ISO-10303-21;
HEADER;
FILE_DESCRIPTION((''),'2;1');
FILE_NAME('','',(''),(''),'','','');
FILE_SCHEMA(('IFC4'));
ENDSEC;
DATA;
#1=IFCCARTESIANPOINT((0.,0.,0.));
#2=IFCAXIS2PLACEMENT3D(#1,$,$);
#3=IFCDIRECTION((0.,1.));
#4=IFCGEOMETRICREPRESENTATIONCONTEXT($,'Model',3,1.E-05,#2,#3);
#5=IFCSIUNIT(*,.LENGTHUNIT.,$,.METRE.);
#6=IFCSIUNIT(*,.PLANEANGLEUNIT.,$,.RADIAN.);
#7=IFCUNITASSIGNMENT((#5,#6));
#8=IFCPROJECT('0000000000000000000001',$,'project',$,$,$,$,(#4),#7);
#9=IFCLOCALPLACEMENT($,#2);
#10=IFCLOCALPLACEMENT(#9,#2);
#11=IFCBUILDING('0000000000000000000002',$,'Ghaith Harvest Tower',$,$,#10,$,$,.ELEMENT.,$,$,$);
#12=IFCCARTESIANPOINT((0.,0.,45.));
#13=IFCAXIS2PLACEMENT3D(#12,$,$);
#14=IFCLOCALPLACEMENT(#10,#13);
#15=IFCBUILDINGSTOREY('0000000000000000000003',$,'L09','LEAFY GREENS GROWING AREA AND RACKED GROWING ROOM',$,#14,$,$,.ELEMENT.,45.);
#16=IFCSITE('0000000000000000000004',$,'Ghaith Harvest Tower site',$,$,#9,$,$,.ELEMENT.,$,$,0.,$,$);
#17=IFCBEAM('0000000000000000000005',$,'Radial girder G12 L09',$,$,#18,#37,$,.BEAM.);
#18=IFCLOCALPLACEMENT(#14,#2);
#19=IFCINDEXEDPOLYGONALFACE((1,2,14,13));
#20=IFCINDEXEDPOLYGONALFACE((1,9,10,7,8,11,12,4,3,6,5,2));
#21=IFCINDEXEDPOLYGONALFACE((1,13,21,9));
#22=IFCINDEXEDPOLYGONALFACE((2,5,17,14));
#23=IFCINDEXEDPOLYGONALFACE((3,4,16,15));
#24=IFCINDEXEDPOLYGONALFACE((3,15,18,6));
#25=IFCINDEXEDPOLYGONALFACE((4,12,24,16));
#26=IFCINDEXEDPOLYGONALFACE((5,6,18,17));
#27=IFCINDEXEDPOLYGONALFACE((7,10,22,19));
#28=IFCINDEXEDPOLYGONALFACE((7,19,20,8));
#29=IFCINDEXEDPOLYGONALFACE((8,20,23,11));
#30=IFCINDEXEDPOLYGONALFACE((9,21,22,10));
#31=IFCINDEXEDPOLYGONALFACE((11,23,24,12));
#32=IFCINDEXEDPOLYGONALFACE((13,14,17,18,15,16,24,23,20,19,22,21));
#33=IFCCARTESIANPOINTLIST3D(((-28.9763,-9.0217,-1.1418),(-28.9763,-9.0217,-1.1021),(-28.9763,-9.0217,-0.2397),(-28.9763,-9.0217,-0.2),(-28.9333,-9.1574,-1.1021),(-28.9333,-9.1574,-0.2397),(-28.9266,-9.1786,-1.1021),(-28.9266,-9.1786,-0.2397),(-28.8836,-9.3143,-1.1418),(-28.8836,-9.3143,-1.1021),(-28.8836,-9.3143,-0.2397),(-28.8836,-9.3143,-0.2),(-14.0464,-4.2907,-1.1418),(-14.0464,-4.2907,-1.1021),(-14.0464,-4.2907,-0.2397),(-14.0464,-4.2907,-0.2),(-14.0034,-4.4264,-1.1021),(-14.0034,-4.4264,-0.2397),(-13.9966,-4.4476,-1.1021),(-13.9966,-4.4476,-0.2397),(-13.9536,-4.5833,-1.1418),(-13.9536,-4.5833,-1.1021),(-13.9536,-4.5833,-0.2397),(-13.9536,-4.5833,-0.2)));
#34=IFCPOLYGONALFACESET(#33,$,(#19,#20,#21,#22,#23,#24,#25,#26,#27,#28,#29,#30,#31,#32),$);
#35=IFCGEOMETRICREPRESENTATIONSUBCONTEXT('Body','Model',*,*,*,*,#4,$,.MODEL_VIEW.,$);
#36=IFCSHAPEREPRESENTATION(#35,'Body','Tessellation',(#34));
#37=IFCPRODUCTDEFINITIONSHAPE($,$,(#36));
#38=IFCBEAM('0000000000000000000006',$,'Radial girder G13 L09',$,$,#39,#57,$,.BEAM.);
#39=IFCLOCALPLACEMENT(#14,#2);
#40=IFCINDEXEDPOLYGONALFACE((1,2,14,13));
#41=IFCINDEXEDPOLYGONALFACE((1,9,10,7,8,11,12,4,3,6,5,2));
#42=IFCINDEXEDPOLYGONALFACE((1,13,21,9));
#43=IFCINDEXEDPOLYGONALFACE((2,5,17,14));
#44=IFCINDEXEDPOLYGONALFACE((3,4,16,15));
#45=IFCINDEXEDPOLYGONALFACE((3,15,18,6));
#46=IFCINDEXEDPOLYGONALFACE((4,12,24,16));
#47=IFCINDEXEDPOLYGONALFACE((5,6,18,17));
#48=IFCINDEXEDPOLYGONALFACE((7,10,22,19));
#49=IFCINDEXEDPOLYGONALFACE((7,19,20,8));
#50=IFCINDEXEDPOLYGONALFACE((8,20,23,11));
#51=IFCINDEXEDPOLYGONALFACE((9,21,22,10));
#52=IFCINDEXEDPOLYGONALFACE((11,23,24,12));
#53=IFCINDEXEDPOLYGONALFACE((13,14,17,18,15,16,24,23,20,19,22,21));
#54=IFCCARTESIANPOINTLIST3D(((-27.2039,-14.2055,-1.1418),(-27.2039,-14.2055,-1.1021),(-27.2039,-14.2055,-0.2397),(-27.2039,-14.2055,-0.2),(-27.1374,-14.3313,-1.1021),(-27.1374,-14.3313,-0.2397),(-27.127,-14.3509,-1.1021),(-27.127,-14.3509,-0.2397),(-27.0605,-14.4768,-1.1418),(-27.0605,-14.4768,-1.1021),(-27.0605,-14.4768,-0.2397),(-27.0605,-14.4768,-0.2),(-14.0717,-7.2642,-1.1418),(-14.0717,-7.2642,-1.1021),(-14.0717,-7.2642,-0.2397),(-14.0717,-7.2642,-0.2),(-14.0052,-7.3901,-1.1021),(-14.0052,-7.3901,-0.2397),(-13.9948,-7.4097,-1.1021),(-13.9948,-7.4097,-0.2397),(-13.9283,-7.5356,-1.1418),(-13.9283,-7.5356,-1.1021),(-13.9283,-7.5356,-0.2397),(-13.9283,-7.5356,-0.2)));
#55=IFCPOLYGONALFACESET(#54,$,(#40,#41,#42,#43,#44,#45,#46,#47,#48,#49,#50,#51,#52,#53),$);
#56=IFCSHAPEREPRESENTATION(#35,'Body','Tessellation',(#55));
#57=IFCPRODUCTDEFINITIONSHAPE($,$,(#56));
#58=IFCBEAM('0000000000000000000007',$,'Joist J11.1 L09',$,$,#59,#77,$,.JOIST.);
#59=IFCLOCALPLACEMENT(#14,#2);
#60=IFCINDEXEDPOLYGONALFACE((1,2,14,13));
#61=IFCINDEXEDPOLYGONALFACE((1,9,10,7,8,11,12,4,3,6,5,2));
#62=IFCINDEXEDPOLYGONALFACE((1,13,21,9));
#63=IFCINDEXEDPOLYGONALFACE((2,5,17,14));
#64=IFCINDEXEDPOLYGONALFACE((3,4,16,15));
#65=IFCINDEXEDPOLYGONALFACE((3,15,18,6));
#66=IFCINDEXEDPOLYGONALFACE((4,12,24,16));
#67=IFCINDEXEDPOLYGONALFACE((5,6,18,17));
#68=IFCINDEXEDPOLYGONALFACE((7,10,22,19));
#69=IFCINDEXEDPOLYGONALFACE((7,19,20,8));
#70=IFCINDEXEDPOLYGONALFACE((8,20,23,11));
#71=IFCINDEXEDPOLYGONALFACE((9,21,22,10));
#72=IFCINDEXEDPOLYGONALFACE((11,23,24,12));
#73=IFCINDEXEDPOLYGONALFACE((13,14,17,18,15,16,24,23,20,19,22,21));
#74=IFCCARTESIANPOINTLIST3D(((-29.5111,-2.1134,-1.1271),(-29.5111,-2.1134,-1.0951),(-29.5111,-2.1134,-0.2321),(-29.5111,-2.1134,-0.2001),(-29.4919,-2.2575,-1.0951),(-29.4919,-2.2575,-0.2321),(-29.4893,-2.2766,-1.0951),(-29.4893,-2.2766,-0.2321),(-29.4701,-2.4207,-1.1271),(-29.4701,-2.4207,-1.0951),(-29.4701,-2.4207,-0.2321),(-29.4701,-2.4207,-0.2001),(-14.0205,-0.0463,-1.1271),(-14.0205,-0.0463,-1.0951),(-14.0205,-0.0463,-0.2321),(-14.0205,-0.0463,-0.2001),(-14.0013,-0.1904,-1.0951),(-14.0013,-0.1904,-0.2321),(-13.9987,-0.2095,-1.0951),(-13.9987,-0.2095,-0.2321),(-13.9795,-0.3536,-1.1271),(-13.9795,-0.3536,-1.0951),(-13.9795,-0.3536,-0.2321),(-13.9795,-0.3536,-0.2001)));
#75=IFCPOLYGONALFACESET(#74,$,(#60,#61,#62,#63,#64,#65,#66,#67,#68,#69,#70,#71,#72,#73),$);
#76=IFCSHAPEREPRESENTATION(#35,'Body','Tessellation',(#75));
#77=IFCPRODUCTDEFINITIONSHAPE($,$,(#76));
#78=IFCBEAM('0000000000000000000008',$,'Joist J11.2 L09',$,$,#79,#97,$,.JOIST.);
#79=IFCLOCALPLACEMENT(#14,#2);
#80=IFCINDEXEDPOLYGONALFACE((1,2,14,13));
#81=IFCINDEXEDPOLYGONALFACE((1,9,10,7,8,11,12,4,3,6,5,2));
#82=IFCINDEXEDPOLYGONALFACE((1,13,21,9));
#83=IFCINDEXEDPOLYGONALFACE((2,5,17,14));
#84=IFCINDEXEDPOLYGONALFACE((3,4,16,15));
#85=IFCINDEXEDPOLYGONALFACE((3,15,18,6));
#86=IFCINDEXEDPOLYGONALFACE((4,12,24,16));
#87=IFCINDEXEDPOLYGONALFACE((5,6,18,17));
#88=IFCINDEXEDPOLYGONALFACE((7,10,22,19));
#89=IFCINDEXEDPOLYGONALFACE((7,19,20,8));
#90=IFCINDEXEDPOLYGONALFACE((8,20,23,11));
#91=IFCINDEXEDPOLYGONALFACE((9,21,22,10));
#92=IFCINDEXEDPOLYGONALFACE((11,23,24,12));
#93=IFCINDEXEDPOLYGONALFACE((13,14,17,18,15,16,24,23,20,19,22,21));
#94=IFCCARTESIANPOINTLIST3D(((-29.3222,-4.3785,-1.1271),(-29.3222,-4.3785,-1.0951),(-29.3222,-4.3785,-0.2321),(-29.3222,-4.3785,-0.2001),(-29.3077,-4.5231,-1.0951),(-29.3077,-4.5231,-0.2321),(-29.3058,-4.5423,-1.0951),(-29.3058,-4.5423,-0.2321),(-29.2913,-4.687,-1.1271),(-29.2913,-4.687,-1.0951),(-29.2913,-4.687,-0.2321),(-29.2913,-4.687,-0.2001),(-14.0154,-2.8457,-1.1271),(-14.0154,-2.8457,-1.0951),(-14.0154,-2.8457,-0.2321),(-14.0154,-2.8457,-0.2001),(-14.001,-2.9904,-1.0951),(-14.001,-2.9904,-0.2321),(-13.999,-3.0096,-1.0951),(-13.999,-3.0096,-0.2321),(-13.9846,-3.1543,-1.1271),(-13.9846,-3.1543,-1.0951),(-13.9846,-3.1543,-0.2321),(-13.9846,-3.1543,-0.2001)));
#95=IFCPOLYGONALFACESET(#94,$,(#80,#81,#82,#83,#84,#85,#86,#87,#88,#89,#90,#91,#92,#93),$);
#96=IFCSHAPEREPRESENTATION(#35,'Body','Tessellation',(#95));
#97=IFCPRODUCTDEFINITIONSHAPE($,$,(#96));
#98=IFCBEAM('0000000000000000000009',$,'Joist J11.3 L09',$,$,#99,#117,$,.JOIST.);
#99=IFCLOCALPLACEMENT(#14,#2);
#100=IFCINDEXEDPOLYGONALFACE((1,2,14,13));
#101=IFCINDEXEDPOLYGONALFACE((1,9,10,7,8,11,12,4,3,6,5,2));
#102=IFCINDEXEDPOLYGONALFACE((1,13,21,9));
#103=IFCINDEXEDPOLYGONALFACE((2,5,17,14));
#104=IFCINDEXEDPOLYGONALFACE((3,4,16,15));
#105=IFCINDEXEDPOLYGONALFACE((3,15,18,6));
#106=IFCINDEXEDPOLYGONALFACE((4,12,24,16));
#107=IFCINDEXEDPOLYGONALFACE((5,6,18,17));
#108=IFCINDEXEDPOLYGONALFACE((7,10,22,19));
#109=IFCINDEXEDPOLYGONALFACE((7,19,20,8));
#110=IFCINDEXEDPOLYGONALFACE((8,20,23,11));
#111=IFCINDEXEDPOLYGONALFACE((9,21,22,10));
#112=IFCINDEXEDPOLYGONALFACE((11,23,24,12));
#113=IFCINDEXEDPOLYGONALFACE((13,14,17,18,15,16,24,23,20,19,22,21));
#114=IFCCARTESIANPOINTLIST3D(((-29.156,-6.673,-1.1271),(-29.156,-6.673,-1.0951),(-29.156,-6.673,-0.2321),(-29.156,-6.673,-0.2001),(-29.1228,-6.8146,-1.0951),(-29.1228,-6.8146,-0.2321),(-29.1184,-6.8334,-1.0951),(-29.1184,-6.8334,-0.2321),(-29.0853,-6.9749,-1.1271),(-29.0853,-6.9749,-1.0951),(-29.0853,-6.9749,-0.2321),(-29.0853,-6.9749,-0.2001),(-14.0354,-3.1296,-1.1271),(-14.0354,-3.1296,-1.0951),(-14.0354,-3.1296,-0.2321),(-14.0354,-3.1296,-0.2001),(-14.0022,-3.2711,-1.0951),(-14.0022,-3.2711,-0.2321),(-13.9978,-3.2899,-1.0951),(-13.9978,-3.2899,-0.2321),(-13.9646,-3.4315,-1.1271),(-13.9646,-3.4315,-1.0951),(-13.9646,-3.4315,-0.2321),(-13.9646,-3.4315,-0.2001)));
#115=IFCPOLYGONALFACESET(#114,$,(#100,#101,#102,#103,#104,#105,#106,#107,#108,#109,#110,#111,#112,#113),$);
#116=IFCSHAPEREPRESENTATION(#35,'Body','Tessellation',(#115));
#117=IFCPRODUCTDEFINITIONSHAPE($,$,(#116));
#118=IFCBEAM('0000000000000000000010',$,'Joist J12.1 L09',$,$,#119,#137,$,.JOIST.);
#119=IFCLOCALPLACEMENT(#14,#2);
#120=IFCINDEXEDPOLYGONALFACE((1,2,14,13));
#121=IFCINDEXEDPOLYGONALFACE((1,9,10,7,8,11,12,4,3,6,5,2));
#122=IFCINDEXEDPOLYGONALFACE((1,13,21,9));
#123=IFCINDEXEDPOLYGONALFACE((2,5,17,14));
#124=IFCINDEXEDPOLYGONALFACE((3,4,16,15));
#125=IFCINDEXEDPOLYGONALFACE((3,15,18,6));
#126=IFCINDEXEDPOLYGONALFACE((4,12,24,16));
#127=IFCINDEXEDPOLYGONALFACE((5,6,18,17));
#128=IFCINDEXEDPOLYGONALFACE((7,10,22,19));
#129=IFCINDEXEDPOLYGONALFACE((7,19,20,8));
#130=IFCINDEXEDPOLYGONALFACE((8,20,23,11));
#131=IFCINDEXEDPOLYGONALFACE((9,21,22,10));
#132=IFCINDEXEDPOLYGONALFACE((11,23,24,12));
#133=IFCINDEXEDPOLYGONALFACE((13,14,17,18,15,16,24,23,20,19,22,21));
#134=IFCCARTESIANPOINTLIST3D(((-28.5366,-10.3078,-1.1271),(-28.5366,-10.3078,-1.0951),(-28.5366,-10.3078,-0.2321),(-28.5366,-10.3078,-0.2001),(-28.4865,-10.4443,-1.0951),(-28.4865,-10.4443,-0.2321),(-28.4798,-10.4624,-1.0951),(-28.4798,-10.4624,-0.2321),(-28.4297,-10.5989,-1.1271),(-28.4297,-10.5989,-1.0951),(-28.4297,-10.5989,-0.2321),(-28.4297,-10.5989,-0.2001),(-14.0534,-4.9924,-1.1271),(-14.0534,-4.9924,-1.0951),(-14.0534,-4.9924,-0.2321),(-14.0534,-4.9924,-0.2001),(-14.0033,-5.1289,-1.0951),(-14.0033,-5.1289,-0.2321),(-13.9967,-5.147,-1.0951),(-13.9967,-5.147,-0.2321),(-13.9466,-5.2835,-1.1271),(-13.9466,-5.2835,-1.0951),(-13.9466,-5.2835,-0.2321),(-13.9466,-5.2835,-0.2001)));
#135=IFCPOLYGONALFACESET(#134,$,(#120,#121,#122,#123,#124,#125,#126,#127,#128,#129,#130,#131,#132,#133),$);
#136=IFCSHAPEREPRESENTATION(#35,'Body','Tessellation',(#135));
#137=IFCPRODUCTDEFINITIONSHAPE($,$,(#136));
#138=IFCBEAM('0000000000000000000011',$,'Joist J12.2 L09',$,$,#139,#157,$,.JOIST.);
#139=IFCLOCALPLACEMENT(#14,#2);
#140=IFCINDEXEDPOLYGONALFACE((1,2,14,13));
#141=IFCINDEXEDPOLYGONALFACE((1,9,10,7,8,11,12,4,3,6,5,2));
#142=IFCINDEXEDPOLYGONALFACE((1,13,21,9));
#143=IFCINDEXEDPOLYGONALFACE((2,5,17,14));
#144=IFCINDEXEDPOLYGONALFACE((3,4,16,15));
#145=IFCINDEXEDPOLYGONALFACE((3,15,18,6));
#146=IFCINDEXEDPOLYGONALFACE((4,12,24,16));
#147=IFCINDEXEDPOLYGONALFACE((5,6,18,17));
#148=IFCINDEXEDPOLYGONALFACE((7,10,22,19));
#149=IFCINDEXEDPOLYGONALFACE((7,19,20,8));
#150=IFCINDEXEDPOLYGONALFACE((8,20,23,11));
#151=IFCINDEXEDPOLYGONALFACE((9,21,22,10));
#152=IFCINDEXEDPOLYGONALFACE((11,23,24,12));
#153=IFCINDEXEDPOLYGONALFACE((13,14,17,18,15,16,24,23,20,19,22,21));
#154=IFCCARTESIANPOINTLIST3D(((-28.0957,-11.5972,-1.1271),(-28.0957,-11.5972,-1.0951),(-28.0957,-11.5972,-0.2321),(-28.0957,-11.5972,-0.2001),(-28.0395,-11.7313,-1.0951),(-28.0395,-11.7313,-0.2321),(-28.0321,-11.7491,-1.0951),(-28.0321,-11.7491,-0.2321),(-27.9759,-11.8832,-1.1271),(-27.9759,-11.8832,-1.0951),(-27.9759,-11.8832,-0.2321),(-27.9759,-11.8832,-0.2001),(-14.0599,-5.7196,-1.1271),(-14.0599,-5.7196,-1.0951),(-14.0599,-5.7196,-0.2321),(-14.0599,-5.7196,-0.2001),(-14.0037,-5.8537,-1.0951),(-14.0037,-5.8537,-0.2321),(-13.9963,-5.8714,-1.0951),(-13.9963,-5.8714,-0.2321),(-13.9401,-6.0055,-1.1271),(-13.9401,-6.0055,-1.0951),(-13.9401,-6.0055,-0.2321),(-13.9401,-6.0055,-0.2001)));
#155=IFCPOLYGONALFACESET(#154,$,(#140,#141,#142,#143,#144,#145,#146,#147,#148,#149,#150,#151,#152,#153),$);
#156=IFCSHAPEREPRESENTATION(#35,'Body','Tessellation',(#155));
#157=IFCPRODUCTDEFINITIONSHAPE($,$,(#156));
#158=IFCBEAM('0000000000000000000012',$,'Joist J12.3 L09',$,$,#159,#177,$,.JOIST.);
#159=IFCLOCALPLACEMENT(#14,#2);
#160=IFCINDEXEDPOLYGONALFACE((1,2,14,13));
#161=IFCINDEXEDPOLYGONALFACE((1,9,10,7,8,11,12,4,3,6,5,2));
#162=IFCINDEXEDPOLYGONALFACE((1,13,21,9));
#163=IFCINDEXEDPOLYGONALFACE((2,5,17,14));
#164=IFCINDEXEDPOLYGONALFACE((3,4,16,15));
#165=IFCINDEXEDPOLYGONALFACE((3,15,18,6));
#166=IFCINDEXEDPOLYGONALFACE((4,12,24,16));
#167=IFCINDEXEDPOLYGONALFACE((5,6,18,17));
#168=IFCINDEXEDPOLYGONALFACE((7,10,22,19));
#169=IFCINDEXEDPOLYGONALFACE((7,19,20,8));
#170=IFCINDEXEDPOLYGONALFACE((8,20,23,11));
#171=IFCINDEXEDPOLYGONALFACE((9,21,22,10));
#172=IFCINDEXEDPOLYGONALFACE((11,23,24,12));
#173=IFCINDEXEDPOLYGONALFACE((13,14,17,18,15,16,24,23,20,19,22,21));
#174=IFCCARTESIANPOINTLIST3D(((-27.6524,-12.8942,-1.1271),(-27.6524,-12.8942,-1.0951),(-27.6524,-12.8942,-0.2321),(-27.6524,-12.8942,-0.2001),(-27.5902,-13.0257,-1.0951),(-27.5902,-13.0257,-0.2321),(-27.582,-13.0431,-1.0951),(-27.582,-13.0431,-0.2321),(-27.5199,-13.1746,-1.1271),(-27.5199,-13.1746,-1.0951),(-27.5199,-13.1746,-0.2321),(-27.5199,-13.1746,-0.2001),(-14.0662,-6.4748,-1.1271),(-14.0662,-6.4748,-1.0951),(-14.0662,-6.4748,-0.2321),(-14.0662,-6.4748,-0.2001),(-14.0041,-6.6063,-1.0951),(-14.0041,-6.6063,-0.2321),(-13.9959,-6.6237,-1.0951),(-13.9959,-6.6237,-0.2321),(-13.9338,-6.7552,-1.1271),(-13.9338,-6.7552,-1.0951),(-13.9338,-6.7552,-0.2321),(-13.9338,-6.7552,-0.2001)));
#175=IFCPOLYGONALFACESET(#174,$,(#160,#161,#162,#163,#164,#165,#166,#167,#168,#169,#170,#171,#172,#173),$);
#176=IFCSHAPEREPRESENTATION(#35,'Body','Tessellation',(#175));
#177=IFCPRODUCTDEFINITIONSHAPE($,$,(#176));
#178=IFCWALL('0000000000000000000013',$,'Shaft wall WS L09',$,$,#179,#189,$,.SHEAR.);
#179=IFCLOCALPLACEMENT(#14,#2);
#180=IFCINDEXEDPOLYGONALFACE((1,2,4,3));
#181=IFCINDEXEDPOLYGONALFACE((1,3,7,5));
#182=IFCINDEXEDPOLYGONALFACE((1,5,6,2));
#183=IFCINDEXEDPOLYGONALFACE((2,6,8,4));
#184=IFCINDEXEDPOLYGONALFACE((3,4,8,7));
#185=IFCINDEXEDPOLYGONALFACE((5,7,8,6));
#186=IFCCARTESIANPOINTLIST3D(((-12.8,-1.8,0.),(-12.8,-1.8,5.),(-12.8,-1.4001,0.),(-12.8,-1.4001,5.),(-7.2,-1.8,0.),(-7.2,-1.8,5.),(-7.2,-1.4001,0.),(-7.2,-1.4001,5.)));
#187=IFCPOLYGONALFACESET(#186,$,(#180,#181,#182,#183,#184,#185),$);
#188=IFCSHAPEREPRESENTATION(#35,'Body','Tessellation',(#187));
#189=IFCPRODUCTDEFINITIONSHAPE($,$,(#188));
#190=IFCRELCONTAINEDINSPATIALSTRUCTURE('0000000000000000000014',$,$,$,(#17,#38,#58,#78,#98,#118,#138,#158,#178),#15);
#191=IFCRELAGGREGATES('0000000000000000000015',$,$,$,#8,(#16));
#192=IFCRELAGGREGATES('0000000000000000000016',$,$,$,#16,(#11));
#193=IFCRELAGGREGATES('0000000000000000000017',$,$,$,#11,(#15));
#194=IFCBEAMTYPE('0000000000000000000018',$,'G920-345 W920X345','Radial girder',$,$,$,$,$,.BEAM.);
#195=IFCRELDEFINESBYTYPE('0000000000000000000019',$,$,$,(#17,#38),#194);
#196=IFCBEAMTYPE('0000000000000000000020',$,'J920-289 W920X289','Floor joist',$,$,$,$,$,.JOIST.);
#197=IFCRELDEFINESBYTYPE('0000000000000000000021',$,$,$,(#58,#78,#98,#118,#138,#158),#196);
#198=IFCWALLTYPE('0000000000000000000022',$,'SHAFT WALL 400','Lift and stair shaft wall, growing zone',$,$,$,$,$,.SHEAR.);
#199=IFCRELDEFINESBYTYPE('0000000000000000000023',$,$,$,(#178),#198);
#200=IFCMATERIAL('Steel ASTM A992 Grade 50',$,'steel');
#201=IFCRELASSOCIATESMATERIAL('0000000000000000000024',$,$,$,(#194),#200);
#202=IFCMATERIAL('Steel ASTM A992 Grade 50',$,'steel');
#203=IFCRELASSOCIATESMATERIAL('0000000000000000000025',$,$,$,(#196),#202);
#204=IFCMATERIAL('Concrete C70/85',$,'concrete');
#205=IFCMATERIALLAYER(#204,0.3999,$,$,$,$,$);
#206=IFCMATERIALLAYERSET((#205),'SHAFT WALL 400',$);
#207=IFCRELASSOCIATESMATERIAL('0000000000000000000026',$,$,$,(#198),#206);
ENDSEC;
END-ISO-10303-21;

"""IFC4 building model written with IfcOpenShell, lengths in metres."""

from ifc_helpers import new_model, si_unit, direction, frame, frame_2d, origin, origin_2d, place, context, subcontext, project, spatial, rectangle, i_section, extrude, material, layer, layer_set, material_profile, profile_set, type_object, element, save


model = new_model("IFC4")

# Units and contexts
model_context = context("Model", 3, precision=1e-05, world=origin(), true_north=direction((0.0, 1.0)))
body_context = subcontext(model_context, "Body", "Model", "MODEL_VIEW")
ifc_project = project(units=[si_unit("LENGTHUNIT", "METRE"), si_unit("PLANEANGLEUNIT", "RADIAN")], contexts=[model_context])

# Site, building, storey
site_placement = place(None, origin())
site = spatial("IfcSite", under=ifc_project, at=site_placement, Name="Ghaith Harvest Tower site", CompositionType="ELEMENT", RefElevation=0.0)
building_placement = place(site_placement, origin())
building = spatial("IfcBuilding", under=site, at=building_placement, Name="Ghaith Harvest Tower", CompositionType="ELEMENT")
storey_placement = place(building_placement, frame((0.0, 0.0, 45.0)))
storey = spatial("IfcBuildingStorey", under=building, at=storey_placement, Name="L09", Description="LEAFY GREENS GROWING AREA AND RACKED GROWING ROOM", CompositionType="ELEMENT", Elevation=45.0)

# Beams
ifc_material_1 = material(Name="Steel ASTM A992 Grade 50", Category="steel")
ifc_material_profile_1 = material_profile(ifc_material_1, i_section(OverallWidth=0.3069, OverallDepth=0.9419, WebThickness=0.0222, FlangeThickness=0.0398, at=origin_2d()), Name="W920X345")
ifc_profile_set_1 = profile_set([ifc_material_profile_1], Name="Steel ASTM A992 Grade 50")
beam_type_1 = type_object("IfcBeamType", Name="G920-345 W920X345", Description="Radial girder", PredefinedType="BEAM", material=ifc_profile_set_1)
beam_1_placement = place(storey_placement, frame((-14.0, -4.437, -0.6709), z_axis=(-0.953284, -0.302074, 0.0), x_axis=(0.302074, -0.953284, 0.0)))
element("IfcBeam", 1, at=beam_1_placement, inside=storey, type_object=beam_type_1, Name="Radial girder G12 L09", PredefinedType="BEAM", context=body_context, shape_type="SweptSolid", body=[
    extrude(i_section(OverallWidth=0.3069, OverallDepth=0.9419, WebThickness=0.0222, FlangeThickness=0.0398, at=origin_2d()), origin(), (0.0, 0.0, 1.0), 15.6616),
])
beam_2_placement = place(storey_placement, frame((-14.0, -7.3999, -0.6709), z_axis=(-0.884097, -0.467303, 0.0), x_axis=(0.467303, -0.884097, 0.0)))
element("IfcBeam", 2, at=beam_2_placement, inside=storey, type_object=beam_type_1, Name="Radial girder G13 L09", PredefinedType="BEAM", context=body_context, shape_type="SweptSolid", body=[
    extrude(i_section(OverallWidth=0.3069, OverallDepth=0.9419, WebThickness=0.0222, FlangeThickness=0.0398, at=origin_2d()), origin(), (0.0, 0.0, 1.0), 14.8538),
])
ifc_material_2 = material(Name="Steel ASTM A992 Grade 50", Category="steel")
ifc_material_profile_2 = material_profile(ifc_material_2, i_section(OverallWidth=0.3101, OverallDepth=0.927, WebThickness=0.0193, FlangeThickness=0.032, at=origin_2d()), Name="W920X289")
ifc_profile_set_2 = profile_set([ifc_material_profile_2], Name="Steel ASTM A992 Grade 50")
beam_type_2 = type_object("IfcBeamType", Name="J920-289 W920X289", Description="Floor joist", PredefinedType="JOIST", material=ifc_profile_set_2)
beam_3_placement = place(storey_placement, frame((-14.0, -0.2, -0.6636), z_axis=(-0.991214, -0.132271, 0.0), x_axis=(0.132271, -0.991214, 0.0)))
element("IfcBeam", 3, at=beam_3_placement, inside=storey, type_object=beam_type_2, Name="Joist J11.1 L09", PredefinedType="JOIST", context=body_context, shape_type="SweptSolid", body=[
    extrude(i_section(OverallWidth=0.3101, OverallDepth=0.927, WebThickness=0.0193, FlangeThickness=0.032, at=origin_2d()), origin(), (0.0, 0.0, 1.0), 15.6279),
])
beam_4_placement = place(storey_placement, frame((-14.0, -3.0, -0.6636), z_axis=(-0.995024, -0.099636, 0.0), x_axis=(0.099636, -0.995024, 0.0)))
element("IfcBeam", 4, at=beam_4_placement, inside=storey, type_object=beam_type_2, Name="Joist J11.2 L09", PredefinedType="JOIST", context=body_context, shape_type="SweptSolid", body=[
    extrude(i_section(OverallWidth=0.3101, OverallDepth=0.927, WebThickness=0.0193, FlangeThickness=0.032, at=origin_2d()), origin(), (0.0, 0.0, 1.0), 15.3833),
])
beam_5_placement = place(storey_placement, frame((-14.0, -3.2805, -0.6636), z_axis=(-0.973623, -0.228165, 0.0), x_axis=(0.228165, -0.973623, 0.0)))
element("IfcBeam", 5, at=beam_5_placement, inside=storey, type_object=beam_type_2, Name="Joist J11.3 L09", PredefinedType="JOIST", context=body_context, shape_type="SweptSolid", body=[
    extrude(i_section(OverallWidth=0.3101, OverallDepth=0.927, WebThickness=0.0193, FlangeThickness=0.032, at=origin_2d()), origin(), (0.0, 0.0, 1.0), 15.5303),
])
beam_6_placement = place(storey_placement, frame((-14.0, -5.1379, -0.6636), z_axis=(-0.938773, -0.344537, 0.0), x_axis=(0.344537, -0.938773, 0.0)))
element("IfcBeam", 6, at=beam_6_placement, inside=storey, type_object=beam_type_2, Name="Joist J12.1 L09", PredefinedType="JOIST", context=body_context, shape_type="SweptSolid", body=[
    extrude(i_section(OverallWidth=0.3101, OverallDepth=0.927, WebThickness=0.0193, FlangeThickness=0.032, at=origin_2d()), origin(), (0.0, 0.0, 1.0), 15.4277),
])
beam_7_placement = place(storey_placement, frame((-14.0, -5.8625, -0.6636), z_axis=(-0.92239, -0.386261, 0.0), x_axis=(0.386261, -0.92239, 0.0)))
element("IfcBeam", 7, at=beam_7_placement, inside=storey, type_object=beam_type_2, Name="Joist J12.2 L09", PredefinedType="JOIST", context=body_context, shape_type="SweptSolid", body=[
    extrude(i_section(OverallWidth=0.3101, OverallDepth=0.927, WebThickness=0.0193, FlangeThickness=0.032, at=origin_2d()), origin(), (0.0, 0.0, 1.0), 15.2168),
])
beam_8_placement = place(storey_placement, frame((-14.0, -6.615, -0.6636), z_axis=(-0.904153, -0.42721, 0.0), x_axis=(0.42721, -0.904153, 0.0)))
element("IfcBeam", 8, at=beam_8_placement, inside=storey, type_object=beam_type_2, Name="Joist J12.3 L09", PredefinedType="JOIST", context=body_context, shape_type="SweptSolid", body=[
    extrude(i_section(OverallWidth=0.3101, OverallDepth=0.927, WebThickness=0.0193, FlangeThickness=0.032, at=origin_2d()), origin(), (0.0, 0.0, 1.0), 15.0264),
])

# Wall
ifc_material_3 = material(Name="Concrete C70/85", Category="concrete")
ifc_layer_1 = layer(ifc_material_3, 0.3999)
ifc_layer_set_1 = layer_set([ifc_layer_1], Name="SHAFT WALL 400")
wall_type_1 = type_object("IfcWallType", Name="SHAFT WALL 400", Description="Lift and stair shaft wall, growing zone", PredefinedType="SHEAR", material=ifc_layer_set_1)
wall_1_placement = place(storey_placement, frame((-12.8, -1.6001, 0.0), z_axis=(0.0, 0.0, 1.0), x_axis=(1.0, 0.0, 0.0)))
element("IfcWall", 9, at=wall_1_placement, inside=storey, type_object=wall_type_1, Name="Shaft wall WS L09", PredefinedType="SHEAR", context=body_context, shape_type="SweptSolid", body=[
    extrude(rectangle(XDim=5.6001, YDim=0.3999, at=frame_2d((2.8, 0.0))), origin(), (0.0, 0.0, 1.0), 5.0),
])

save(model, "model.ifc")
